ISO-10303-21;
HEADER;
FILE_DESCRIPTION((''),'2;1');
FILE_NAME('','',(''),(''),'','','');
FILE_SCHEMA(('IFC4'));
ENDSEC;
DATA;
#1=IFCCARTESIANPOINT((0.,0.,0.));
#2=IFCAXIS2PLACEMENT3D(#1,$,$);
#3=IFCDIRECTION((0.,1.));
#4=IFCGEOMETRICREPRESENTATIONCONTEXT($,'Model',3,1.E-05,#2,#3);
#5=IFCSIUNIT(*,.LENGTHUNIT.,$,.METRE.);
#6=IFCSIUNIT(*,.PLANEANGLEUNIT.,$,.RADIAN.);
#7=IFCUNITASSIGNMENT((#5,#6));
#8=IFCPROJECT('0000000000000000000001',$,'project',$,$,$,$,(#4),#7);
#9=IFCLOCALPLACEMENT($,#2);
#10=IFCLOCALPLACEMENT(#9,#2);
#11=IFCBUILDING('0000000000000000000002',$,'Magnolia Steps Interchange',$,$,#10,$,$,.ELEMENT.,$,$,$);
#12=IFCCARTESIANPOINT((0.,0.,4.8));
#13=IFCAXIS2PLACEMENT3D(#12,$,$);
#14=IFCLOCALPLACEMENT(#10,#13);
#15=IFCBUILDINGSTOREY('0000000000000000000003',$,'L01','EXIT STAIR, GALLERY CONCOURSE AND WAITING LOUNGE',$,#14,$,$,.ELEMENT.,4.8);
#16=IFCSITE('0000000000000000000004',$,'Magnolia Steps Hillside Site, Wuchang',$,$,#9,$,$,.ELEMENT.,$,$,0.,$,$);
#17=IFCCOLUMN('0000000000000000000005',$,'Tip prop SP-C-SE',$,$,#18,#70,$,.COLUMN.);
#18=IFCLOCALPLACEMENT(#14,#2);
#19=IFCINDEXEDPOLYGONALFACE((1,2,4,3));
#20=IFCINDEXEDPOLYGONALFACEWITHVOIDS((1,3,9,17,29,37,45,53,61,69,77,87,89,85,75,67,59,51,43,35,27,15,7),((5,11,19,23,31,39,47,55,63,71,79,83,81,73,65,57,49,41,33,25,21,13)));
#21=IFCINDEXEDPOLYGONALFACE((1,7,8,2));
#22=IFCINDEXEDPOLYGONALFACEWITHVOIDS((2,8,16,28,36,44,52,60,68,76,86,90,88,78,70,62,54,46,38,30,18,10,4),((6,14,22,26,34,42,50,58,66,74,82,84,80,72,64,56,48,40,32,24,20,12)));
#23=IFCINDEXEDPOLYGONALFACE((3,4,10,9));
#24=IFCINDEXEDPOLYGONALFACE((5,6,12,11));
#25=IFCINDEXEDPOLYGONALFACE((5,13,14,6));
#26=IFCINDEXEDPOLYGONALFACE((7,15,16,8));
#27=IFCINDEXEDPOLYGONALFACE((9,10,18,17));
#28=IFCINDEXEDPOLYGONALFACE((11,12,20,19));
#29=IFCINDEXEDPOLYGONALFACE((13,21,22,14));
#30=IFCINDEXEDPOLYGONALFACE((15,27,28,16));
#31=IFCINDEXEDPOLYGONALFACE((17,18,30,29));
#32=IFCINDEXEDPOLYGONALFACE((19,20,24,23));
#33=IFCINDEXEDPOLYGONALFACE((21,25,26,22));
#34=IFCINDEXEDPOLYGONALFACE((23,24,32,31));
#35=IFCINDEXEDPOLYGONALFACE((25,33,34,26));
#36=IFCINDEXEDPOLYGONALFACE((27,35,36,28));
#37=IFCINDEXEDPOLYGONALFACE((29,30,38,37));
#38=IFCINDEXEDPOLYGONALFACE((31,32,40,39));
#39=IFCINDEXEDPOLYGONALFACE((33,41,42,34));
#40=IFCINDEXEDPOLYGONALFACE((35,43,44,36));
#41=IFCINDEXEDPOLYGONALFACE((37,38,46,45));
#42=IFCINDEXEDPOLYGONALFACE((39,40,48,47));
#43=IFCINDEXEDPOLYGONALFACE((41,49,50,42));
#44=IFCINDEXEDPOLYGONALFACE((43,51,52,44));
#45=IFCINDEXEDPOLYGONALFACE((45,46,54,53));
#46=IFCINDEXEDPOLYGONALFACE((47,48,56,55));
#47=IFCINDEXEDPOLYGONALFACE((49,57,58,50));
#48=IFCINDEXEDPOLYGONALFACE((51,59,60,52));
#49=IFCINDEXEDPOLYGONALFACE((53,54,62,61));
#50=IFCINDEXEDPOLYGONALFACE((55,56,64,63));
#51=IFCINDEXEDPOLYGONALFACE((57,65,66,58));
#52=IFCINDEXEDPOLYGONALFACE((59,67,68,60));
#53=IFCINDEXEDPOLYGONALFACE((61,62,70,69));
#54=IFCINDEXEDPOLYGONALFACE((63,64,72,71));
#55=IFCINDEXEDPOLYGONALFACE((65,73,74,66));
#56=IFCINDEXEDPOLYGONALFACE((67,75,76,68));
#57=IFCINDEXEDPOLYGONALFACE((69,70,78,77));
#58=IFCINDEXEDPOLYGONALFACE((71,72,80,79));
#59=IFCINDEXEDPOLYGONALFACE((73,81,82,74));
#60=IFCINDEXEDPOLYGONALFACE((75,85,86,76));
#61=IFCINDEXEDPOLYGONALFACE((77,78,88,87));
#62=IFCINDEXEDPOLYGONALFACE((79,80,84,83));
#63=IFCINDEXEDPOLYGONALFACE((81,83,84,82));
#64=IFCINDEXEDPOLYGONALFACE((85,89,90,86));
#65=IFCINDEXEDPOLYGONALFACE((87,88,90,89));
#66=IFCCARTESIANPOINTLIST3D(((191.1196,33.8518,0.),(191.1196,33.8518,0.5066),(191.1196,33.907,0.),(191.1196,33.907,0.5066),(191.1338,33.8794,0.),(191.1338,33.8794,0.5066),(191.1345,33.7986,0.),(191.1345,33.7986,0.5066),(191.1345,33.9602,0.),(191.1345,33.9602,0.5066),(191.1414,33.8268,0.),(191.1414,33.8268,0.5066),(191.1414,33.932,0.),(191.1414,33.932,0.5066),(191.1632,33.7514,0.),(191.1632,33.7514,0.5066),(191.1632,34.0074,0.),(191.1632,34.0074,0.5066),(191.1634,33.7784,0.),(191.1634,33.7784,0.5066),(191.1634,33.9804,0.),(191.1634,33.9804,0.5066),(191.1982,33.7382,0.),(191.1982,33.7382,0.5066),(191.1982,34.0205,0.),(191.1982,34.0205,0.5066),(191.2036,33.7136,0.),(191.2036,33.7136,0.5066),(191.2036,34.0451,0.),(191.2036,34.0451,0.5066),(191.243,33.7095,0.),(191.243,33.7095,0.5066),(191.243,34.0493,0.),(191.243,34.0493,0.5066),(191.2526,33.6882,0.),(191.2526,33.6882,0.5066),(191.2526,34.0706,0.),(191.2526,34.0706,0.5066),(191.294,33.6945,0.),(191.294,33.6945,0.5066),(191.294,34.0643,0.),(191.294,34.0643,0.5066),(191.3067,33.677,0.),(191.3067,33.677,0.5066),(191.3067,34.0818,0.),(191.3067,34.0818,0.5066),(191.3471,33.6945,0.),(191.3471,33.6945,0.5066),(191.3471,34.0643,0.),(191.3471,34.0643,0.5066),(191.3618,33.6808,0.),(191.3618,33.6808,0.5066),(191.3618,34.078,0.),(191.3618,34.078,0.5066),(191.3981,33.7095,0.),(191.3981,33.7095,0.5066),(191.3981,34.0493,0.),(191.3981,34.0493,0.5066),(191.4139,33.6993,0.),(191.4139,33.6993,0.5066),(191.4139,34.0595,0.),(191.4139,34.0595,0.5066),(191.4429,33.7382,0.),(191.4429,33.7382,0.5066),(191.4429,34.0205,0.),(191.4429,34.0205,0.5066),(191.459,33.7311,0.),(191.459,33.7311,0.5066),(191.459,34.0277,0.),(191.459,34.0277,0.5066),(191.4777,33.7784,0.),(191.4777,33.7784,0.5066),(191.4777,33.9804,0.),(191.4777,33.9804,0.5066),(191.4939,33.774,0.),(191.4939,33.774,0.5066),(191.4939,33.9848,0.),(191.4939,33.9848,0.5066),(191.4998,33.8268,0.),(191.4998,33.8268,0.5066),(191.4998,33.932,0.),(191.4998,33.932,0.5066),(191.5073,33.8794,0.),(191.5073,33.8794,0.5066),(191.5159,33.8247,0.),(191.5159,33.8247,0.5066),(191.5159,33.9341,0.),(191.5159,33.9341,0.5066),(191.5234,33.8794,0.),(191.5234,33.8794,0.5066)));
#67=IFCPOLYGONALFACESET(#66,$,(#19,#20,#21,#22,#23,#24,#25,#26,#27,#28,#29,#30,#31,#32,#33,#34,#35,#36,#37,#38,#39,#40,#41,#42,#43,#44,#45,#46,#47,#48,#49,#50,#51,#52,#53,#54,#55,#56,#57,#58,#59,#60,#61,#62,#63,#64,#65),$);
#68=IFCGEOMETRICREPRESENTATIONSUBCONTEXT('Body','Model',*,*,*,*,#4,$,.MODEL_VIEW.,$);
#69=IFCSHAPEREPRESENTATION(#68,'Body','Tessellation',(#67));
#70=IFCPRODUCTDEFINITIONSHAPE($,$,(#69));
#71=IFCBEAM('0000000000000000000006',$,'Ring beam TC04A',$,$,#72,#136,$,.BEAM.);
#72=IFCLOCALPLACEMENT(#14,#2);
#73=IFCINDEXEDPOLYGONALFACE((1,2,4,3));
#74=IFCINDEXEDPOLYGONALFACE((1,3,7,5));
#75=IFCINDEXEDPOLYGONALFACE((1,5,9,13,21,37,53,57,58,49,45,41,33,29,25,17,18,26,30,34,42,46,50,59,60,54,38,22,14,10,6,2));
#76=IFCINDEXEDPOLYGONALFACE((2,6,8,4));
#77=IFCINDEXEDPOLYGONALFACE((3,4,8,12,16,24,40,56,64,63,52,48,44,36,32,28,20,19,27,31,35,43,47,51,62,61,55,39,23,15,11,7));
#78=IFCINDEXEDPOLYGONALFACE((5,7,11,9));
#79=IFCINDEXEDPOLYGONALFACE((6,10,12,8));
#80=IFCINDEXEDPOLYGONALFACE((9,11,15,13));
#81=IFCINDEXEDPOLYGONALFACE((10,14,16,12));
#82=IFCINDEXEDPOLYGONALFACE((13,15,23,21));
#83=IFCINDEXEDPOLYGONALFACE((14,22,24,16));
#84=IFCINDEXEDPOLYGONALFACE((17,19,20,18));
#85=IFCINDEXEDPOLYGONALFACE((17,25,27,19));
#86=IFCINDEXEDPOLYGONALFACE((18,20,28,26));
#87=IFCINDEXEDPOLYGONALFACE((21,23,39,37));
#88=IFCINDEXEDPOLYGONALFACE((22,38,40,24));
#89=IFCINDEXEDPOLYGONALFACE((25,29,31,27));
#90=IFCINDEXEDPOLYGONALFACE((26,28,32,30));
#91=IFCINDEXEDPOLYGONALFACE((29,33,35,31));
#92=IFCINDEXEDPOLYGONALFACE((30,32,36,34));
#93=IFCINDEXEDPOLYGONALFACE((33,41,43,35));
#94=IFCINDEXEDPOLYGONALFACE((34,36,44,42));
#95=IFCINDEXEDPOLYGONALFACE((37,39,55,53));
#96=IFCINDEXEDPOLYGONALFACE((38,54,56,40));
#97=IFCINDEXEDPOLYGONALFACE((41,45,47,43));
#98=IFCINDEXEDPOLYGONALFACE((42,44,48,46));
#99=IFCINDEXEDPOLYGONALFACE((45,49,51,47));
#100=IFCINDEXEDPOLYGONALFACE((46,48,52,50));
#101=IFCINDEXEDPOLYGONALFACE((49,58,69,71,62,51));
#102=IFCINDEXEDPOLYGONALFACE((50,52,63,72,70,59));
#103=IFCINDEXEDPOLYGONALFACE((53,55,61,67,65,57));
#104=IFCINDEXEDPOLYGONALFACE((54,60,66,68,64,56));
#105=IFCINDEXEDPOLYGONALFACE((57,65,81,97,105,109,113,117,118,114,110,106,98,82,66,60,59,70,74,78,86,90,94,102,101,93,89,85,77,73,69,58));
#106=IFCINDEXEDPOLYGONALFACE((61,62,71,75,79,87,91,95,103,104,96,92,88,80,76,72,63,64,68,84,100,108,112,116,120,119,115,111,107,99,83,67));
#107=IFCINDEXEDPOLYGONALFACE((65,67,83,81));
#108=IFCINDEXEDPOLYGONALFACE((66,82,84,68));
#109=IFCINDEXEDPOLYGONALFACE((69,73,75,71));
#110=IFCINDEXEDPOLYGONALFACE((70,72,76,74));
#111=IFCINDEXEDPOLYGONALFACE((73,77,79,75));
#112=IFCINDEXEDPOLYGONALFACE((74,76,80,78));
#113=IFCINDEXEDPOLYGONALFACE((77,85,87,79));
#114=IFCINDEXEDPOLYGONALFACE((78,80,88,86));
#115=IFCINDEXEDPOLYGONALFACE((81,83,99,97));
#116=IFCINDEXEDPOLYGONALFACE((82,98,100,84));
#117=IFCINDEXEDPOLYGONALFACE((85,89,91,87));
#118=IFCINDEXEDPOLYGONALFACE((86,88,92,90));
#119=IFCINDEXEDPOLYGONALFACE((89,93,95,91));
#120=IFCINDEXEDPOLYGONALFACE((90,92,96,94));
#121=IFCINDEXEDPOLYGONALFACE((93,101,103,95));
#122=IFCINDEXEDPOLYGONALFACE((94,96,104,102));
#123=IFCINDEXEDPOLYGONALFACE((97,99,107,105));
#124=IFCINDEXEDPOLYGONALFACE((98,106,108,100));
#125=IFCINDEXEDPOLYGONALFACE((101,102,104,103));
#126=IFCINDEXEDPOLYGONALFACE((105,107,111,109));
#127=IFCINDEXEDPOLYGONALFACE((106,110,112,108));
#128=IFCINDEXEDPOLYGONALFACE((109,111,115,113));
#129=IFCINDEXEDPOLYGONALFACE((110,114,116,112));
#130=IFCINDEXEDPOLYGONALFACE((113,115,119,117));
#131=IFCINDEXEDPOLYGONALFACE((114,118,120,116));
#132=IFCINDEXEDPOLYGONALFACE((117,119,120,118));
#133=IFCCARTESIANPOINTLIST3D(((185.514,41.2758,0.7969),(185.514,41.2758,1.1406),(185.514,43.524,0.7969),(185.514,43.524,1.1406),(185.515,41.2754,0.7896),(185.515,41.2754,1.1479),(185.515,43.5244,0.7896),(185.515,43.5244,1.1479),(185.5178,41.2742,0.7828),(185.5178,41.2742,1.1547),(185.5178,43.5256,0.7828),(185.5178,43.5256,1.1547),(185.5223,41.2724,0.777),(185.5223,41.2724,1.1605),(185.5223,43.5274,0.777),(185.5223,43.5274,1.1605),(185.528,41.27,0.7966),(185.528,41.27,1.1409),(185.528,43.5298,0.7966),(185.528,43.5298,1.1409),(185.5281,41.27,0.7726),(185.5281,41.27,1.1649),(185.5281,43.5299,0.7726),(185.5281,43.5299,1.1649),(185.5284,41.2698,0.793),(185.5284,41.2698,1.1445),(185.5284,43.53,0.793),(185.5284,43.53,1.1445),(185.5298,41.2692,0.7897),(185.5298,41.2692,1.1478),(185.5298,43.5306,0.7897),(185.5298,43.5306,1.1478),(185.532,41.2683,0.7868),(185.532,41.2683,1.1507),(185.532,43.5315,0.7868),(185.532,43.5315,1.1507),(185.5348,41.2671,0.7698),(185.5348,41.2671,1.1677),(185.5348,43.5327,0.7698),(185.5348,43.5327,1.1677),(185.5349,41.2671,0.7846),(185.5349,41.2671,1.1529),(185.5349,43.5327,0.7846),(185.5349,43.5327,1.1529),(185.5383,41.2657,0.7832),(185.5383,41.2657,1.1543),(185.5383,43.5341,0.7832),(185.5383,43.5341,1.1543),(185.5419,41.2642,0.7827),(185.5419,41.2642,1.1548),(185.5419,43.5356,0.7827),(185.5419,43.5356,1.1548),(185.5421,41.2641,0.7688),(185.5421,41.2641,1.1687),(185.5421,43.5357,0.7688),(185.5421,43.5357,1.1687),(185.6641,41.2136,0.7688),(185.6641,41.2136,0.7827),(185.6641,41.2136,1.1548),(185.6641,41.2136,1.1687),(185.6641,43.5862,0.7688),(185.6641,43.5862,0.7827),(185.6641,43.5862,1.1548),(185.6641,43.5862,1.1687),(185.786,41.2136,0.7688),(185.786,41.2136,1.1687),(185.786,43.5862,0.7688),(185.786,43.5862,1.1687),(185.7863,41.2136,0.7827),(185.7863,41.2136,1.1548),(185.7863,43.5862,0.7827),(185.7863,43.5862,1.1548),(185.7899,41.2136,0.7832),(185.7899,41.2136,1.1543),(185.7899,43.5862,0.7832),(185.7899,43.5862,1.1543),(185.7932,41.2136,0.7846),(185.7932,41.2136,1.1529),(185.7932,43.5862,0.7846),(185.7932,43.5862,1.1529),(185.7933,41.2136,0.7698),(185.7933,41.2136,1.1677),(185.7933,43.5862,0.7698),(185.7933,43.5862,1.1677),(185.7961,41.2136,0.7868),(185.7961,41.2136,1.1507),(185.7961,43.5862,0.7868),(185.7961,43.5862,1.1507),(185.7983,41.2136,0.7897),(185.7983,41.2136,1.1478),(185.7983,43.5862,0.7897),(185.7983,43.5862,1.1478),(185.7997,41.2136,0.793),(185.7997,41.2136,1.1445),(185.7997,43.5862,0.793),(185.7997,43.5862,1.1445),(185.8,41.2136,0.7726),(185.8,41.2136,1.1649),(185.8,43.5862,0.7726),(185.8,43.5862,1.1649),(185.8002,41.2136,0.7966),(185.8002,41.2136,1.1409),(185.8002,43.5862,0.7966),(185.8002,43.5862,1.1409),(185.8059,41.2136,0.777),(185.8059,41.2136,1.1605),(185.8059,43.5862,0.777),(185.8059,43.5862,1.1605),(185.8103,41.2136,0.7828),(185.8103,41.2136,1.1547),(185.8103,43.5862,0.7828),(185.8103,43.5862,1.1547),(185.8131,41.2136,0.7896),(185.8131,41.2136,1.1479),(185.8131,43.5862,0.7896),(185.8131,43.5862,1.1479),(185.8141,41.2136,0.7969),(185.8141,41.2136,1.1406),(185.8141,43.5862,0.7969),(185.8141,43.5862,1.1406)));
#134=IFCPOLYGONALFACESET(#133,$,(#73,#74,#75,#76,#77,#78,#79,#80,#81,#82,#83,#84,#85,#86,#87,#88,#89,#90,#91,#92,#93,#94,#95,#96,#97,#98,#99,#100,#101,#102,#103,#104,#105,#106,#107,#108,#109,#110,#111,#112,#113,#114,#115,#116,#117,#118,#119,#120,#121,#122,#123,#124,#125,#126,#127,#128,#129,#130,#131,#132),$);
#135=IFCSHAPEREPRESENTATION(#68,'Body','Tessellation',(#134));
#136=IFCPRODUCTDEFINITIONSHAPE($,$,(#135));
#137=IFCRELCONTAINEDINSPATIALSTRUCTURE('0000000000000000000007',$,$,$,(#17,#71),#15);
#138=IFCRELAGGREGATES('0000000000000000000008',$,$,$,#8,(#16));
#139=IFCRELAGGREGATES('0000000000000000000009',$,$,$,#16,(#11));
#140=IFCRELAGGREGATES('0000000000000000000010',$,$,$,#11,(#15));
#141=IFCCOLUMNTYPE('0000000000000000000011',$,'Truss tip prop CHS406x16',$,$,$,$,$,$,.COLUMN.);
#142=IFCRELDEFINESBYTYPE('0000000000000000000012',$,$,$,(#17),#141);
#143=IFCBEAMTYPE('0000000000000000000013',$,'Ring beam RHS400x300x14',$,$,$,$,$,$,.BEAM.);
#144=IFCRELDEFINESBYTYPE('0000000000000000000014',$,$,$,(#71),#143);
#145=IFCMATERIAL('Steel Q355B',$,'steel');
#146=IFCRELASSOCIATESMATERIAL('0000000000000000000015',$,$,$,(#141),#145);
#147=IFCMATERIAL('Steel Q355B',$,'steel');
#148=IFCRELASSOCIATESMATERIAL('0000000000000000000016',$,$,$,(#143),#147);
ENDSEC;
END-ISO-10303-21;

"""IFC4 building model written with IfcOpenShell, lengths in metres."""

from ifc_helpers import new_model, si_unit, direction, frame, origin, origin_2d, place, context, subcontext, project, spatial, hollow_rectangle, hollow_circle, extrude, clip, halfspace, material, material_profile, profile_set, type_object, element, save


model = new_model("IFC4")

# Units and contexts
model_context = context("Model", 3, precision=1e-05, world=origin(), true_north=direction((0.0, 1.0)))
body_context = subcontext(model_context, "Body", "Model", "MODEL_VIEW")
ifc_project = project(units=[si_unit("LENGTHUNIT", "METRE"), si_unit("PLANEANGLEUNIT", "RADIAN")], contexts=[model_context])

# Site, building, storey
site_placement = place(None, origin())
site = spatial("IfcSite", under=ifc_project, at=site_placement, Name="Magnolia Steps Hillside Site, Wuchang", CompositionType="ELEMENT", RefElevation=0.0)
building_placement = place(site_placement, origin())
building = spatial("IfcBuilding", under=site, at=building_placement, Name="Magnolia Steps Interchange", CompositionType="ELEMENT")
storey_placement = place(building_placement, frame((0.0, 0.0, 4.8)))
storey = spatial("IfcBuildingStorey", under=building, at=storey_placement, Name="L01", Description="EXIT STAIR, GALLERY CONCOURSE AND WAITING LOUNGE", CompositionType="ELEMENT", Elevation=4.8)

# Column
ifc_material_1 = material(Name="Steel Q355B", Category="steel")
ifc_material_profile_1 = material_profile(ifc_material_1, hollow_circle(Radius=0.2029, WallThickness=0.0161, at=origin_2d()), Name="CHS406x16")
ifc_profile_set_1 = profile_set([ifc_material_profile_1], Name="Steel Q355B")
column_type = type_object("IfcColumnType", Name="Truss tip prop CHS406x16", PredefinedType="COLUMN", material=ifc_profile_set_1)
column_placement = place(storey_placement, frame((191.3206, 33.8794, 0.0), z_axis=(0.0, 0.0, 1.0), x_axis=(1.0, 0.0, 0.0)))
element("IfcColumn", 1, at=column_placement, inside=storey, type_object=column_type, Name="Tip prop SP-C-SE", PredefinedType="COLUMN", context=body_context, shape_type="SweptSolid", body=[
    extrude(hollow_circle(Radius=0.2029, WallThickness=0.0161, at=origin_2d()), origin(), (0.0, 0.0, 1.0), 0.5066),
])

# Beam
ifc_material_2 = material(Name="Steel Q355B", Category="steel")
ifc_material_profile_2 = material_profile(ifc_material_2, hollow_rectangle(XDim=0.3, YDim=0.3999, WallThickness=0.0139, InnerFilletRadius=0.0139, OuterFilletRadius=0.0281, at=origin_2d()), Name="RHS400x300x14")
ifc_profile_set_2 = profile_set([ifc_material_profile_2], Name="Steel Q355B")
beam_type = type_object("IfcBeamType", Name="Ring beam RHS400x300x14", PredefinedType="BEAM", material=ifc_profile_set_2)
beam_placement = place(storey_placement, frame((185.6641, 41.2136, 0.9688), z_axis=(0.0, 1.0, 0.0), x_axis=(-1.0, 0.0, 0.0)))
element("IfcBeam", 2, at=beam_placement, inside=storey, type_object=beam_type, Name="Ring beam TC04A", PredefinedType="BEAM", context=body_context, shape_type="Clipping", body=[
    clip(clip(extrude(hollow_rectangle(XDim=0.3, YDim=0.3999, WallThickness=0.0139, InnerFilletRadius=0.0139, OuterFilletRadius=0.0281, at=origin_2d()), origin(), (0.0, 0.0, 1.0), 2.3726), halfspace(frame((0.0, 0.0, 0.0), z_axis=(0.382683, 0.0, -0.92388), x_axis=(0.92388, 0.0, 0.382683)), False)), halfspace(frame((0.0, 0.0, 2.3726), z_axis=(0.382683, 0.0, 0.92388), x_axis=(0.92388, 0.0, -0.382683)), False)),
])

save(model, "model.ifc")
